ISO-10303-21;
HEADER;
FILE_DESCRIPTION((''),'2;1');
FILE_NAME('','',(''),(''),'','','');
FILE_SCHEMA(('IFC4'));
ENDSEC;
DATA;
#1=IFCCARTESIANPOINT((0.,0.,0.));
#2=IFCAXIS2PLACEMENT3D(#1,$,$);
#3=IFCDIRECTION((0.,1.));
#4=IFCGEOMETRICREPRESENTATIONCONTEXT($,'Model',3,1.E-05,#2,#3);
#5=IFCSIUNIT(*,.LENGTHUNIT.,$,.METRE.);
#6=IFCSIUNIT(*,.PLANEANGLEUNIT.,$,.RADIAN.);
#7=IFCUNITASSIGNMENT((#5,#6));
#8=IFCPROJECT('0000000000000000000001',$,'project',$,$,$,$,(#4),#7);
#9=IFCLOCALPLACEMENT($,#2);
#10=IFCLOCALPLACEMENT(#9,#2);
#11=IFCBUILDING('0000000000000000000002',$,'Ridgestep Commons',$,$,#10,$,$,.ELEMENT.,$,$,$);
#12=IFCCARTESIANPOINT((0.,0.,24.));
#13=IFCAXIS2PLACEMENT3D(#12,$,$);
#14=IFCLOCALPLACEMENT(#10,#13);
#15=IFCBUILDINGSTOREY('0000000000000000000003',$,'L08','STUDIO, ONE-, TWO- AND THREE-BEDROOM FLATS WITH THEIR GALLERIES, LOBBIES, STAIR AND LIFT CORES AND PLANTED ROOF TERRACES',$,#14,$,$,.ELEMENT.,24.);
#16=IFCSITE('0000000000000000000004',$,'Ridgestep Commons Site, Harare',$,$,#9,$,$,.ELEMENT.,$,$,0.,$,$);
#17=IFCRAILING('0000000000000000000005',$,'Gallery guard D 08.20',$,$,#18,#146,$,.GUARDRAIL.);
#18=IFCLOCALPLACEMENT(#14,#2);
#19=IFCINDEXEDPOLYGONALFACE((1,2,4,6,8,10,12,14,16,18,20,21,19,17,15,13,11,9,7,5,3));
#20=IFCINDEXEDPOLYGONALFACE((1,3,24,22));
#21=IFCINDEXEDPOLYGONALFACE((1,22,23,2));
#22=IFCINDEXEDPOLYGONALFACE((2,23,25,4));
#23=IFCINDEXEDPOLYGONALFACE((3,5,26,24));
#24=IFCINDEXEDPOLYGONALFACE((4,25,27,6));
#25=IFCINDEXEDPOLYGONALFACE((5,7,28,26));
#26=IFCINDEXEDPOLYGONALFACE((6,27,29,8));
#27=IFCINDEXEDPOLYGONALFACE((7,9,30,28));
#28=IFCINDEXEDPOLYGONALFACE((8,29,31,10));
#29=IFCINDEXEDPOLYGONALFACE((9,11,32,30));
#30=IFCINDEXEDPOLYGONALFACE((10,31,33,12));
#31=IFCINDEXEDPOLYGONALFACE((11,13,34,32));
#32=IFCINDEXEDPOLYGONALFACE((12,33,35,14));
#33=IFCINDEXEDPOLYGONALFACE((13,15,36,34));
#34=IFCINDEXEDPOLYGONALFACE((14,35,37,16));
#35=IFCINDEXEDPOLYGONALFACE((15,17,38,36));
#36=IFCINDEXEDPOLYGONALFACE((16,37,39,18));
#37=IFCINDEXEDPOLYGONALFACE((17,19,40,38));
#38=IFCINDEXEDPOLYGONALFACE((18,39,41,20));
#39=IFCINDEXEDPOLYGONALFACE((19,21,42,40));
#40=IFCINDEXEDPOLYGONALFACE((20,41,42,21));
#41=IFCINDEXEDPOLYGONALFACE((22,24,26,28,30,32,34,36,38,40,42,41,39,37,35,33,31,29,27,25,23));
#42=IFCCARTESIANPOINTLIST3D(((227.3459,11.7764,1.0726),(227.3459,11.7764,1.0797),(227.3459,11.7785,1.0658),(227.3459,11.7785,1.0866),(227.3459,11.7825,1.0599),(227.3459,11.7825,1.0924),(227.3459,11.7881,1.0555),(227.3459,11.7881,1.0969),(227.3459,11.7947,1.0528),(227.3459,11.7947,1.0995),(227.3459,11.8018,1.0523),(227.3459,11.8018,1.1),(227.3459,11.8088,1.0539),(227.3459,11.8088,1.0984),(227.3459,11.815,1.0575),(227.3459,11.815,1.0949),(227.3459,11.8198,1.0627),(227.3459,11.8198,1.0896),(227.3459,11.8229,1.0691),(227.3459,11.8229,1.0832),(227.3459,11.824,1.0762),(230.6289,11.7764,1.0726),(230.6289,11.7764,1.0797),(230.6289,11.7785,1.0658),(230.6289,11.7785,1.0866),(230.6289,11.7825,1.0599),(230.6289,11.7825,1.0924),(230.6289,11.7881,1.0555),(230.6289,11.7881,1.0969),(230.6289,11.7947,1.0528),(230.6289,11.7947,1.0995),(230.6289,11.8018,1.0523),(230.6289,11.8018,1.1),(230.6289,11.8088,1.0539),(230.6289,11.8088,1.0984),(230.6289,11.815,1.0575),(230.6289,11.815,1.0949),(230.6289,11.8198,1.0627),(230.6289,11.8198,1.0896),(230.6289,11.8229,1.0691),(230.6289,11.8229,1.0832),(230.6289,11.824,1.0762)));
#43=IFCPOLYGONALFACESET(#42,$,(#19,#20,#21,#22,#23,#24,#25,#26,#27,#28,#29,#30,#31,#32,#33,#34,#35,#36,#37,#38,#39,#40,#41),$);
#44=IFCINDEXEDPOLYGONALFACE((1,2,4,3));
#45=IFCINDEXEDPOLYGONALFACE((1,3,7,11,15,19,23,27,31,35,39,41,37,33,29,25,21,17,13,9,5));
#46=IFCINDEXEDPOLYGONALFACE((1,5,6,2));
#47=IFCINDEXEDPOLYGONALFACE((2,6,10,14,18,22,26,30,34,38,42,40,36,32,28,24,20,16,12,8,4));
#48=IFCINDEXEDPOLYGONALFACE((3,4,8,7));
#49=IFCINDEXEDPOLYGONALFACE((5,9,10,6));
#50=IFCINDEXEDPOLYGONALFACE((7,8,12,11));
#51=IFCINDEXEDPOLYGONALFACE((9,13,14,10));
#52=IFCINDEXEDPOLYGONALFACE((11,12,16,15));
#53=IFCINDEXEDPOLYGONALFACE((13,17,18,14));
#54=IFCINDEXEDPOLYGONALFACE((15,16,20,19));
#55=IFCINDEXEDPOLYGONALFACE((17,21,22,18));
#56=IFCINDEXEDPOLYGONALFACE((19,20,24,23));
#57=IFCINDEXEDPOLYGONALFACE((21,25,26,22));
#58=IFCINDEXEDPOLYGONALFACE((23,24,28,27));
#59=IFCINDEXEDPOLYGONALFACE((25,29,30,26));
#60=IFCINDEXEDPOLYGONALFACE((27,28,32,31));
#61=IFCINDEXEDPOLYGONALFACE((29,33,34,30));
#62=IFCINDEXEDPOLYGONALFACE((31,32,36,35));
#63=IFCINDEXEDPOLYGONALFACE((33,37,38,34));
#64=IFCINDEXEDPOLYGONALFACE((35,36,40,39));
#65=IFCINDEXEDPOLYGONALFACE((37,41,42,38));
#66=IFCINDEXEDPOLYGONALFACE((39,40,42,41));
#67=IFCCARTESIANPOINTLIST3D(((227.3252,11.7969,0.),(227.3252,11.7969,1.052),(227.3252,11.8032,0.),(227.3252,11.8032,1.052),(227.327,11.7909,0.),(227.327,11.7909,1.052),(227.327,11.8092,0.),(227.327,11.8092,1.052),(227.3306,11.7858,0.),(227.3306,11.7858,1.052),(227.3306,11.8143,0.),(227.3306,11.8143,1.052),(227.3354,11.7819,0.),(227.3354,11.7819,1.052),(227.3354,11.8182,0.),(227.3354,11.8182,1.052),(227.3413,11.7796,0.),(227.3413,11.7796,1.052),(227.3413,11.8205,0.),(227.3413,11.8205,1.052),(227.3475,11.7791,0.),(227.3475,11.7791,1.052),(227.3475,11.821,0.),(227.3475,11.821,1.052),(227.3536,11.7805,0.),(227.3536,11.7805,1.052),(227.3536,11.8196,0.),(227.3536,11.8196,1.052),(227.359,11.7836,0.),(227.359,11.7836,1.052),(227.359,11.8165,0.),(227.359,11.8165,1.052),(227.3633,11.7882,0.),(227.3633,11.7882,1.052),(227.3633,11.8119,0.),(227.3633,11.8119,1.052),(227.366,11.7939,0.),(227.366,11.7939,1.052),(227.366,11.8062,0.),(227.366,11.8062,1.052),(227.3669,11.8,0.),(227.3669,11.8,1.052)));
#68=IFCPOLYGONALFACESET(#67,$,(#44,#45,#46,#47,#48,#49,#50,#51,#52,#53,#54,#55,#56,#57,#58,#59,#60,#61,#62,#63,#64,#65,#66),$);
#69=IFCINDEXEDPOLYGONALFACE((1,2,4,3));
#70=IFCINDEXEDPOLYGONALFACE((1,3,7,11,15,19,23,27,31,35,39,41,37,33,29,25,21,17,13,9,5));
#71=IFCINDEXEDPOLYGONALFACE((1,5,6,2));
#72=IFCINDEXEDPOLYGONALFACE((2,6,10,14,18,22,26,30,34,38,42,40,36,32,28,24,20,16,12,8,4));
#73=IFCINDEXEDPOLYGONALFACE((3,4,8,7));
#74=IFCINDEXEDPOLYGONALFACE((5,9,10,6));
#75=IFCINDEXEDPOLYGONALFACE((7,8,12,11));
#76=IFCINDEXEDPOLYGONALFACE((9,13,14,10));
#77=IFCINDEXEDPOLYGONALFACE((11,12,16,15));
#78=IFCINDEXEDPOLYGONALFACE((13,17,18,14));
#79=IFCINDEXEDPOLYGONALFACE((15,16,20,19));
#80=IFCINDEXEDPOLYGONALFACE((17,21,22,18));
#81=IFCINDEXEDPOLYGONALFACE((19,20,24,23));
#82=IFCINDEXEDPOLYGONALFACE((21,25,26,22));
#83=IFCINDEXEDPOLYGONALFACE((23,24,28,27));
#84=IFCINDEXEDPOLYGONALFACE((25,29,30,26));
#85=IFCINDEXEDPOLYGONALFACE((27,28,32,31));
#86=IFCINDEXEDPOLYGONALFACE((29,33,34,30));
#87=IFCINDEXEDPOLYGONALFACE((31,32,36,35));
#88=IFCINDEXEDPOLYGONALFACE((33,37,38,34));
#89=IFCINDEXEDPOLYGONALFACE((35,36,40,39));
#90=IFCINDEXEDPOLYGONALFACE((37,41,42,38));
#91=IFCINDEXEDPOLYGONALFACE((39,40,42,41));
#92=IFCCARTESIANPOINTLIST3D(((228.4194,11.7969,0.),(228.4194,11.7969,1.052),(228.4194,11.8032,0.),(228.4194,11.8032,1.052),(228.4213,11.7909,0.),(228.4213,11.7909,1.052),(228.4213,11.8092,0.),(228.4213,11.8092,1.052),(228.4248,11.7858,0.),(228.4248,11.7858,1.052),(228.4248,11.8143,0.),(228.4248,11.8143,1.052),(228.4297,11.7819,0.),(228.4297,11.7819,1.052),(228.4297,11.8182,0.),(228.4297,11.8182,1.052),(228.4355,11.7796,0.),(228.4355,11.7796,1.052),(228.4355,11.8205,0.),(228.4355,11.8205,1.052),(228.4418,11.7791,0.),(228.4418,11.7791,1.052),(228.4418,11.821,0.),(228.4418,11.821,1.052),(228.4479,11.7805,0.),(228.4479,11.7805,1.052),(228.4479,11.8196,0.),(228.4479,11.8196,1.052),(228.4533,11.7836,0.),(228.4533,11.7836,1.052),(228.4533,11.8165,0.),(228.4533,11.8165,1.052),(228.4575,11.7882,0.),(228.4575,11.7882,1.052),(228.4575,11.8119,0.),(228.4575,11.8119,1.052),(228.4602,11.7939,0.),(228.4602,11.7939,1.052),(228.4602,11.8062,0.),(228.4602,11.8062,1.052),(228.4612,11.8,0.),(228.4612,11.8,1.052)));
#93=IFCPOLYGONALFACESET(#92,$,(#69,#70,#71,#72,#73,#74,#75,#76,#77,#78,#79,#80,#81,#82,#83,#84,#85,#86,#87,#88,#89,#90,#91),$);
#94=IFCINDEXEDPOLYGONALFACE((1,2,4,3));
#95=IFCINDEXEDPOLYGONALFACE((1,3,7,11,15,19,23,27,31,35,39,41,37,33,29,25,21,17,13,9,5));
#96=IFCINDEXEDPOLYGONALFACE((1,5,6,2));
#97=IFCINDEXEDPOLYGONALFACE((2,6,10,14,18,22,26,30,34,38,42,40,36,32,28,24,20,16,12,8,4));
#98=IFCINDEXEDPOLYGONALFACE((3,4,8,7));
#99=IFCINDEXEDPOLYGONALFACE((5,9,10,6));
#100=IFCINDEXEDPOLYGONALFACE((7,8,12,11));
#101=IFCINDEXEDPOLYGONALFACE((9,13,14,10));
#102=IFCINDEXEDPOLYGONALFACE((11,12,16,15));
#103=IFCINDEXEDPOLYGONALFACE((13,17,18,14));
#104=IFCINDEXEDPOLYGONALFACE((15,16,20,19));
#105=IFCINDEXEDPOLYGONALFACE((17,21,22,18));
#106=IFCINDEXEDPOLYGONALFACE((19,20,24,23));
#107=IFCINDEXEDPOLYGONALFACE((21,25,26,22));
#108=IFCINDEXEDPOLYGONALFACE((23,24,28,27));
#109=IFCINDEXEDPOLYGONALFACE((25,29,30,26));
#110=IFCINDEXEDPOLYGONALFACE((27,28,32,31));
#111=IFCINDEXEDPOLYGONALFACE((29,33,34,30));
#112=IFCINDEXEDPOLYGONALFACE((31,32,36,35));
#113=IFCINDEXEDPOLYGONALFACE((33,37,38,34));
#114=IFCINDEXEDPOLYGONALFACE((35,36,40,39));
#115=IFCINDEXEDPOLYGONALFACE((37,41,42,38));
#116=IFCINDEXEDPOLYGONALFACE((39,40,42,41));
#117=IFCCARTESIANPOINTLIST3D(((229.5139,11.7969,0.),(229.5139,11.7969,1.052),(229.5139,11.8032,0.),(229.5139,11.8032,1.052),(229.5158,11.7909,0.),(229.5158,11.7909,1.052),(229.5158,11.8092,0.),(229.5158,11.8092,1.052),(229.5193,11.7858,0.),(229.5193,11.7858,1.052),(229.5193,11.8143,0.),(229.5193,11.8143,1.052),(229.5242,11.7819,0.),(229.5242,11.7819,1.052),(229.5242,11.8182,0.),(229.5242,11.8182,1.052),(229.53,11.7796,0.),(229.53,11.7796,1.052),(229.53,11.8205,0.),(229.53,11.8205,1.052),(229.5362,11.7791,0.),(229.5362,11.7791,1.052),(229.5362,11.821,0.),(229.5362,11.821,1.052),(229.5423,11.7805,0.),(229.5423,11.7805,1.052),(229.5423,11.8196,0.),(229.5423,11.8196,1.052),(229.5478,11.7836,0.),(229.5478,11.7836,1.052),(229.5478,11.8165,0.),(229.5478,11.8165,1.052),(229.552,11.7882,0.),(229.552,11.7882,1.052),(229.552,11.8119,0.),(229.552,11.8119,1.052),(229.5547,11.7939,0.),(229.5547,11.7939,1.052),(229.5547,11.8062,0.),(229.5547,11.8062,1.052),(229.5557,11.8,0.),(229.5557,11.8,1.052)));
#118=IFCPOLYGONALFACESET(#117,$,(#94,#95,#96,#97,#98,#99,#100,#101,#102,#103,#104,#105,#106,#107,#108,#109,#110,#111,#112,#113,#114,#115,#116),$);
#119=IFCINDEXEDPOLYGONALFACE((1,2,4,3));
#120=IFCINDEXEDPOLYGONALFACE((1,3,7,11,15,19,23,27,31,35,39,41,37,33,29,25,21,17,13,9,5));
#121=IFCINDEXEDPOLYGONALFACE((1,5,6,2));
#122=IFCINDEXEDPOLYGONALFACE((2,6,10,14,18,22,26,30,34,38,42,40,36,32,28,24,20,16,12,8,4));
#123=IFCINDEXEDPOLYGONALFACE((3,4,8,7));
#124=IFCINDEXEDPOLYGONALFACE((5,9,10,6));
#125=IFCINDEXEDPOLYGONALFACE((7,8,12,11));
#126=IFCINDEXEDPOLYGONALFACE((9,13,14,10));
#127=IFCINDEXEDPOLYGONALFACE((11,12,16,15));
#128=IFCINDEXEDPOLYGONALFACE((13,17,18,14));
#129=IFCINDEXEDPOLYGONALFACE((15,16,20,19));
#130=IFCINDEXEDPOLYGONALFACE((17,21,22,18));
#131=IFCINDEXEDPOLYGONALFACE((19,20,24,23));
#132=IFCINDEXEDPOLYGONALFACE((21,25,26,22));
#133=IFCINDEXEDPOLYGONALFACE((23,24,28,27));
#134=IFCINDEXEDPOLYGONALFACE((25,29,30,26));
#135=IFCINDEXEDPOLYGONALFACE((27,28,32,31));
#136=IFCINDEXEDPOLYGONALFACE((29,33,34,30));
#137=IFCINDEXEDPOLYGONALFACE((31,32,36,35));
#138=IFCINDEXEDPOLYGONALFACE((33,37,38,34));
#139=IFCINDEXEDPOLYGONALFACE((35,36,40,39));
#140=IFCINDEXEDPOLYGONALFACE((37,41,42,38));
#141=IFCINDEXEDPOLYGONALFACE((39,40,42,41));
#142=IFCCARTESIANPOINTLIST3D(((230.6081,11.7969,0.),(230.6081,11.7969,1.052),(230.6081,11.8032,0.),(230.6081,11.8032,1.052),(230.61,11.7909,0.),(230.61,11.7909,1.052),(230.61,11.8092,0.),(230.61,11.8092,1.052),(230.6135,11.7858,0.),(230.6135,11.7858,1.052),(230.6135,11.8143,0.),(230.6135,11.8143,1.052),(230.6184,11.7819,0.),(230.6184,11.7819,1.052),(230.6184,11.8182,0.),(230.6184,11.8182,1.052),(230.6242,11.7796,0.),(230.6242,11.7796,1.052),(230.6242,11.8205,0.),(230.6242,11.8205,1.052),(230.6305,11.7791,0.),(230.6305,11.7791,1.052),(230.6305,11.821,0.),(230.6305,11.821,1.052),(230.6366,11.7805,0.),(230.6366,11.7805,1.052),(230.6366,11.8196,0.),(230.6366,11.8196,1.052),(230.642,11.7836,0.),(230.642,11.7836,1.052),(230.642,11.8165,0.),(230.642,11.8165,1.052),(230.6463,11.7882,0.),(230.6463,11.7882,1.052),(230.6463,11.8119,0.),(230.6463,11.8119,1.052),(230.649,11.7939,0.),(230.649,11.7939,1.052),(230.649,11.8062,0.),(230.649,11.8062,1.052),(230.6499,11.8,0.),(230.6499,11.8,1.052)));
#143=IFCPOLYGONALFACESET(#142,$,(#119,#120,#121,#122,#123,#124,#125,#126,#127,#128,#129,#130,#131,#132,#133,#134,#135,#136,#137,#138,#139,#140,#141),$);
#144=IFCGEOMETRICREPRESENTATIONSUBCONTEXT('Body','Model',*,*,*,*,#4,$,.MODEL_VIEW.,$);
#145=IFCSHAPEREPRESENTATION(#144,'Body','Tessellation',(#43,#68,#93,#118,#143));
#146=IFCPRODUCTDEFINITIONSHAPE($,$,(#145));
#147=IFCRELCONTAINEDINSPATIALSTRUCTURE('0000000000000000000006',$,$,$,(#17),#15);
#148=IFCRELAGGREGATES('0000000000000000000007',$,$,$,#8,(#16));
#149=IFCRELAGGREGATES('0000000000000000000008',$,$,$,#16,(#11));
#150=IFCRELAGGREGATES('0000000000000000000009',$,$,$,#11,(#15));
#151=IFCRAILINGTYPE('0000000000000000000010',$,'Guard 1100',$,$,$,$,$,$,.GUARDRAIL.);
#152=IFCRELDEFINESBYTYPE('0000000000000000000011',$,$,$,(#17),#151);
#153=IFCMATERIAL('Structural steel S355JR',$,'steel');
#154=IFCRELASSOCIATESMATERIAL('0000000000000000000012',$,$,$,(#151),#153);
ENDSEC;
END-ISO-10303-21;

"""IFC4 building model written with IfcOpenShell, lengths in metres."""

from ifc_helpers import new_model, si_unit, direction, frame, origin, origin_2d, place, context, subcontext, project, spatial, circle, extrude, material, type_object, element, save


model = new_model("IFC4")

# Units and contexts
model_context = context("Model", 3, precision=1e-05, world=origin(), true_north=direction((0.0, 1.0)))
body_context = subcontext(model_context, "Body", "Model", "MODEL_VIEW")
ifc_project = project(units=[si_unit("LENGTHUNIT", "METRE"), si_unit("PLANEANGLEUNIT", "RADIAN")], contexts=[model_context])

# Site, building, storey
site_placement = place(None, origin())
site = spatial("IfcSite", under=ifc_project, at=site_placement, Name="Ridgestep Commons Site, Harare", CompositionType="ELEMENT", RefElevation=0.0)
building_placement = place(site_placement, origin())
building = spatial("IfcBuilding", under=site, at=building_placement, Name="Ridgestep Commons", CompositionType="ELEMENT")
storey_placement = place(building_placement, frame((0.0, 0.0, 24.0)))
storey = spatial("IfcBuildingStorey", under=building, at=storey_placement, Name="L08", Description="STUDIO, ONE-, TWO- AND THREE-BEDROOM FLATS WITH THEIR GALLERIES, LOBBIES, STAIR AND LIFT CORES AND PLANTED ROOF TERRACES", CompositionType="ELEMENT", Elevation=24.0)

# Railing
ifc_material_1 = material(Name="Structural steel S355JR", Category="steel")
railing_type = type_object("IfcRailingType", Name="Guard 1100", PredefinedType="GUARDRAIL", material=ifc_material_1)
railing_1_placement = place(storey_placement, frame((227.3459, 11.8, 0.0)))
element("IfcRailing", 1, at=railing_1_placement, inside=storey, type_object=railing_type, Name="Gallery guard D 08.20", PredefinedType="GUARDRAIL", context=body_context, shape_type="SweptSolid", body=[
    extrude(circle(Radius=0.0239, at=origin_2d()), frame((0.0, 0.0, 1.0762), z_axis=(1.0, 0.0, 0.0), x_axis=(0.0, 1.0, 0.0)), (0.0, 0.0, 1.0), 3.283),
    extrude(circle(Radius=0.021, at=origin_2d()), origin(), (0.0, 0.0, 1.0), 1.052),
    extrude(circle(Radius=0.021, at=origin_2d()), frame((1.0942, 0.0, 0.0)), (0.0, 0.0, 1.0), 1.052),
    extrude(circle(Radius=0.021, at=origin_2d()), frame((2.1887, 0.0, 0.0)), (0.0, 0.0, 1.0), 1.052),
    extrude(circle(Radius=0.021, at=origin_2d()), frame((3.283, 0.0, 0.0)), (0.0, 0.0, 1.0), 1.052),
])

save(model, "model.ifc")
